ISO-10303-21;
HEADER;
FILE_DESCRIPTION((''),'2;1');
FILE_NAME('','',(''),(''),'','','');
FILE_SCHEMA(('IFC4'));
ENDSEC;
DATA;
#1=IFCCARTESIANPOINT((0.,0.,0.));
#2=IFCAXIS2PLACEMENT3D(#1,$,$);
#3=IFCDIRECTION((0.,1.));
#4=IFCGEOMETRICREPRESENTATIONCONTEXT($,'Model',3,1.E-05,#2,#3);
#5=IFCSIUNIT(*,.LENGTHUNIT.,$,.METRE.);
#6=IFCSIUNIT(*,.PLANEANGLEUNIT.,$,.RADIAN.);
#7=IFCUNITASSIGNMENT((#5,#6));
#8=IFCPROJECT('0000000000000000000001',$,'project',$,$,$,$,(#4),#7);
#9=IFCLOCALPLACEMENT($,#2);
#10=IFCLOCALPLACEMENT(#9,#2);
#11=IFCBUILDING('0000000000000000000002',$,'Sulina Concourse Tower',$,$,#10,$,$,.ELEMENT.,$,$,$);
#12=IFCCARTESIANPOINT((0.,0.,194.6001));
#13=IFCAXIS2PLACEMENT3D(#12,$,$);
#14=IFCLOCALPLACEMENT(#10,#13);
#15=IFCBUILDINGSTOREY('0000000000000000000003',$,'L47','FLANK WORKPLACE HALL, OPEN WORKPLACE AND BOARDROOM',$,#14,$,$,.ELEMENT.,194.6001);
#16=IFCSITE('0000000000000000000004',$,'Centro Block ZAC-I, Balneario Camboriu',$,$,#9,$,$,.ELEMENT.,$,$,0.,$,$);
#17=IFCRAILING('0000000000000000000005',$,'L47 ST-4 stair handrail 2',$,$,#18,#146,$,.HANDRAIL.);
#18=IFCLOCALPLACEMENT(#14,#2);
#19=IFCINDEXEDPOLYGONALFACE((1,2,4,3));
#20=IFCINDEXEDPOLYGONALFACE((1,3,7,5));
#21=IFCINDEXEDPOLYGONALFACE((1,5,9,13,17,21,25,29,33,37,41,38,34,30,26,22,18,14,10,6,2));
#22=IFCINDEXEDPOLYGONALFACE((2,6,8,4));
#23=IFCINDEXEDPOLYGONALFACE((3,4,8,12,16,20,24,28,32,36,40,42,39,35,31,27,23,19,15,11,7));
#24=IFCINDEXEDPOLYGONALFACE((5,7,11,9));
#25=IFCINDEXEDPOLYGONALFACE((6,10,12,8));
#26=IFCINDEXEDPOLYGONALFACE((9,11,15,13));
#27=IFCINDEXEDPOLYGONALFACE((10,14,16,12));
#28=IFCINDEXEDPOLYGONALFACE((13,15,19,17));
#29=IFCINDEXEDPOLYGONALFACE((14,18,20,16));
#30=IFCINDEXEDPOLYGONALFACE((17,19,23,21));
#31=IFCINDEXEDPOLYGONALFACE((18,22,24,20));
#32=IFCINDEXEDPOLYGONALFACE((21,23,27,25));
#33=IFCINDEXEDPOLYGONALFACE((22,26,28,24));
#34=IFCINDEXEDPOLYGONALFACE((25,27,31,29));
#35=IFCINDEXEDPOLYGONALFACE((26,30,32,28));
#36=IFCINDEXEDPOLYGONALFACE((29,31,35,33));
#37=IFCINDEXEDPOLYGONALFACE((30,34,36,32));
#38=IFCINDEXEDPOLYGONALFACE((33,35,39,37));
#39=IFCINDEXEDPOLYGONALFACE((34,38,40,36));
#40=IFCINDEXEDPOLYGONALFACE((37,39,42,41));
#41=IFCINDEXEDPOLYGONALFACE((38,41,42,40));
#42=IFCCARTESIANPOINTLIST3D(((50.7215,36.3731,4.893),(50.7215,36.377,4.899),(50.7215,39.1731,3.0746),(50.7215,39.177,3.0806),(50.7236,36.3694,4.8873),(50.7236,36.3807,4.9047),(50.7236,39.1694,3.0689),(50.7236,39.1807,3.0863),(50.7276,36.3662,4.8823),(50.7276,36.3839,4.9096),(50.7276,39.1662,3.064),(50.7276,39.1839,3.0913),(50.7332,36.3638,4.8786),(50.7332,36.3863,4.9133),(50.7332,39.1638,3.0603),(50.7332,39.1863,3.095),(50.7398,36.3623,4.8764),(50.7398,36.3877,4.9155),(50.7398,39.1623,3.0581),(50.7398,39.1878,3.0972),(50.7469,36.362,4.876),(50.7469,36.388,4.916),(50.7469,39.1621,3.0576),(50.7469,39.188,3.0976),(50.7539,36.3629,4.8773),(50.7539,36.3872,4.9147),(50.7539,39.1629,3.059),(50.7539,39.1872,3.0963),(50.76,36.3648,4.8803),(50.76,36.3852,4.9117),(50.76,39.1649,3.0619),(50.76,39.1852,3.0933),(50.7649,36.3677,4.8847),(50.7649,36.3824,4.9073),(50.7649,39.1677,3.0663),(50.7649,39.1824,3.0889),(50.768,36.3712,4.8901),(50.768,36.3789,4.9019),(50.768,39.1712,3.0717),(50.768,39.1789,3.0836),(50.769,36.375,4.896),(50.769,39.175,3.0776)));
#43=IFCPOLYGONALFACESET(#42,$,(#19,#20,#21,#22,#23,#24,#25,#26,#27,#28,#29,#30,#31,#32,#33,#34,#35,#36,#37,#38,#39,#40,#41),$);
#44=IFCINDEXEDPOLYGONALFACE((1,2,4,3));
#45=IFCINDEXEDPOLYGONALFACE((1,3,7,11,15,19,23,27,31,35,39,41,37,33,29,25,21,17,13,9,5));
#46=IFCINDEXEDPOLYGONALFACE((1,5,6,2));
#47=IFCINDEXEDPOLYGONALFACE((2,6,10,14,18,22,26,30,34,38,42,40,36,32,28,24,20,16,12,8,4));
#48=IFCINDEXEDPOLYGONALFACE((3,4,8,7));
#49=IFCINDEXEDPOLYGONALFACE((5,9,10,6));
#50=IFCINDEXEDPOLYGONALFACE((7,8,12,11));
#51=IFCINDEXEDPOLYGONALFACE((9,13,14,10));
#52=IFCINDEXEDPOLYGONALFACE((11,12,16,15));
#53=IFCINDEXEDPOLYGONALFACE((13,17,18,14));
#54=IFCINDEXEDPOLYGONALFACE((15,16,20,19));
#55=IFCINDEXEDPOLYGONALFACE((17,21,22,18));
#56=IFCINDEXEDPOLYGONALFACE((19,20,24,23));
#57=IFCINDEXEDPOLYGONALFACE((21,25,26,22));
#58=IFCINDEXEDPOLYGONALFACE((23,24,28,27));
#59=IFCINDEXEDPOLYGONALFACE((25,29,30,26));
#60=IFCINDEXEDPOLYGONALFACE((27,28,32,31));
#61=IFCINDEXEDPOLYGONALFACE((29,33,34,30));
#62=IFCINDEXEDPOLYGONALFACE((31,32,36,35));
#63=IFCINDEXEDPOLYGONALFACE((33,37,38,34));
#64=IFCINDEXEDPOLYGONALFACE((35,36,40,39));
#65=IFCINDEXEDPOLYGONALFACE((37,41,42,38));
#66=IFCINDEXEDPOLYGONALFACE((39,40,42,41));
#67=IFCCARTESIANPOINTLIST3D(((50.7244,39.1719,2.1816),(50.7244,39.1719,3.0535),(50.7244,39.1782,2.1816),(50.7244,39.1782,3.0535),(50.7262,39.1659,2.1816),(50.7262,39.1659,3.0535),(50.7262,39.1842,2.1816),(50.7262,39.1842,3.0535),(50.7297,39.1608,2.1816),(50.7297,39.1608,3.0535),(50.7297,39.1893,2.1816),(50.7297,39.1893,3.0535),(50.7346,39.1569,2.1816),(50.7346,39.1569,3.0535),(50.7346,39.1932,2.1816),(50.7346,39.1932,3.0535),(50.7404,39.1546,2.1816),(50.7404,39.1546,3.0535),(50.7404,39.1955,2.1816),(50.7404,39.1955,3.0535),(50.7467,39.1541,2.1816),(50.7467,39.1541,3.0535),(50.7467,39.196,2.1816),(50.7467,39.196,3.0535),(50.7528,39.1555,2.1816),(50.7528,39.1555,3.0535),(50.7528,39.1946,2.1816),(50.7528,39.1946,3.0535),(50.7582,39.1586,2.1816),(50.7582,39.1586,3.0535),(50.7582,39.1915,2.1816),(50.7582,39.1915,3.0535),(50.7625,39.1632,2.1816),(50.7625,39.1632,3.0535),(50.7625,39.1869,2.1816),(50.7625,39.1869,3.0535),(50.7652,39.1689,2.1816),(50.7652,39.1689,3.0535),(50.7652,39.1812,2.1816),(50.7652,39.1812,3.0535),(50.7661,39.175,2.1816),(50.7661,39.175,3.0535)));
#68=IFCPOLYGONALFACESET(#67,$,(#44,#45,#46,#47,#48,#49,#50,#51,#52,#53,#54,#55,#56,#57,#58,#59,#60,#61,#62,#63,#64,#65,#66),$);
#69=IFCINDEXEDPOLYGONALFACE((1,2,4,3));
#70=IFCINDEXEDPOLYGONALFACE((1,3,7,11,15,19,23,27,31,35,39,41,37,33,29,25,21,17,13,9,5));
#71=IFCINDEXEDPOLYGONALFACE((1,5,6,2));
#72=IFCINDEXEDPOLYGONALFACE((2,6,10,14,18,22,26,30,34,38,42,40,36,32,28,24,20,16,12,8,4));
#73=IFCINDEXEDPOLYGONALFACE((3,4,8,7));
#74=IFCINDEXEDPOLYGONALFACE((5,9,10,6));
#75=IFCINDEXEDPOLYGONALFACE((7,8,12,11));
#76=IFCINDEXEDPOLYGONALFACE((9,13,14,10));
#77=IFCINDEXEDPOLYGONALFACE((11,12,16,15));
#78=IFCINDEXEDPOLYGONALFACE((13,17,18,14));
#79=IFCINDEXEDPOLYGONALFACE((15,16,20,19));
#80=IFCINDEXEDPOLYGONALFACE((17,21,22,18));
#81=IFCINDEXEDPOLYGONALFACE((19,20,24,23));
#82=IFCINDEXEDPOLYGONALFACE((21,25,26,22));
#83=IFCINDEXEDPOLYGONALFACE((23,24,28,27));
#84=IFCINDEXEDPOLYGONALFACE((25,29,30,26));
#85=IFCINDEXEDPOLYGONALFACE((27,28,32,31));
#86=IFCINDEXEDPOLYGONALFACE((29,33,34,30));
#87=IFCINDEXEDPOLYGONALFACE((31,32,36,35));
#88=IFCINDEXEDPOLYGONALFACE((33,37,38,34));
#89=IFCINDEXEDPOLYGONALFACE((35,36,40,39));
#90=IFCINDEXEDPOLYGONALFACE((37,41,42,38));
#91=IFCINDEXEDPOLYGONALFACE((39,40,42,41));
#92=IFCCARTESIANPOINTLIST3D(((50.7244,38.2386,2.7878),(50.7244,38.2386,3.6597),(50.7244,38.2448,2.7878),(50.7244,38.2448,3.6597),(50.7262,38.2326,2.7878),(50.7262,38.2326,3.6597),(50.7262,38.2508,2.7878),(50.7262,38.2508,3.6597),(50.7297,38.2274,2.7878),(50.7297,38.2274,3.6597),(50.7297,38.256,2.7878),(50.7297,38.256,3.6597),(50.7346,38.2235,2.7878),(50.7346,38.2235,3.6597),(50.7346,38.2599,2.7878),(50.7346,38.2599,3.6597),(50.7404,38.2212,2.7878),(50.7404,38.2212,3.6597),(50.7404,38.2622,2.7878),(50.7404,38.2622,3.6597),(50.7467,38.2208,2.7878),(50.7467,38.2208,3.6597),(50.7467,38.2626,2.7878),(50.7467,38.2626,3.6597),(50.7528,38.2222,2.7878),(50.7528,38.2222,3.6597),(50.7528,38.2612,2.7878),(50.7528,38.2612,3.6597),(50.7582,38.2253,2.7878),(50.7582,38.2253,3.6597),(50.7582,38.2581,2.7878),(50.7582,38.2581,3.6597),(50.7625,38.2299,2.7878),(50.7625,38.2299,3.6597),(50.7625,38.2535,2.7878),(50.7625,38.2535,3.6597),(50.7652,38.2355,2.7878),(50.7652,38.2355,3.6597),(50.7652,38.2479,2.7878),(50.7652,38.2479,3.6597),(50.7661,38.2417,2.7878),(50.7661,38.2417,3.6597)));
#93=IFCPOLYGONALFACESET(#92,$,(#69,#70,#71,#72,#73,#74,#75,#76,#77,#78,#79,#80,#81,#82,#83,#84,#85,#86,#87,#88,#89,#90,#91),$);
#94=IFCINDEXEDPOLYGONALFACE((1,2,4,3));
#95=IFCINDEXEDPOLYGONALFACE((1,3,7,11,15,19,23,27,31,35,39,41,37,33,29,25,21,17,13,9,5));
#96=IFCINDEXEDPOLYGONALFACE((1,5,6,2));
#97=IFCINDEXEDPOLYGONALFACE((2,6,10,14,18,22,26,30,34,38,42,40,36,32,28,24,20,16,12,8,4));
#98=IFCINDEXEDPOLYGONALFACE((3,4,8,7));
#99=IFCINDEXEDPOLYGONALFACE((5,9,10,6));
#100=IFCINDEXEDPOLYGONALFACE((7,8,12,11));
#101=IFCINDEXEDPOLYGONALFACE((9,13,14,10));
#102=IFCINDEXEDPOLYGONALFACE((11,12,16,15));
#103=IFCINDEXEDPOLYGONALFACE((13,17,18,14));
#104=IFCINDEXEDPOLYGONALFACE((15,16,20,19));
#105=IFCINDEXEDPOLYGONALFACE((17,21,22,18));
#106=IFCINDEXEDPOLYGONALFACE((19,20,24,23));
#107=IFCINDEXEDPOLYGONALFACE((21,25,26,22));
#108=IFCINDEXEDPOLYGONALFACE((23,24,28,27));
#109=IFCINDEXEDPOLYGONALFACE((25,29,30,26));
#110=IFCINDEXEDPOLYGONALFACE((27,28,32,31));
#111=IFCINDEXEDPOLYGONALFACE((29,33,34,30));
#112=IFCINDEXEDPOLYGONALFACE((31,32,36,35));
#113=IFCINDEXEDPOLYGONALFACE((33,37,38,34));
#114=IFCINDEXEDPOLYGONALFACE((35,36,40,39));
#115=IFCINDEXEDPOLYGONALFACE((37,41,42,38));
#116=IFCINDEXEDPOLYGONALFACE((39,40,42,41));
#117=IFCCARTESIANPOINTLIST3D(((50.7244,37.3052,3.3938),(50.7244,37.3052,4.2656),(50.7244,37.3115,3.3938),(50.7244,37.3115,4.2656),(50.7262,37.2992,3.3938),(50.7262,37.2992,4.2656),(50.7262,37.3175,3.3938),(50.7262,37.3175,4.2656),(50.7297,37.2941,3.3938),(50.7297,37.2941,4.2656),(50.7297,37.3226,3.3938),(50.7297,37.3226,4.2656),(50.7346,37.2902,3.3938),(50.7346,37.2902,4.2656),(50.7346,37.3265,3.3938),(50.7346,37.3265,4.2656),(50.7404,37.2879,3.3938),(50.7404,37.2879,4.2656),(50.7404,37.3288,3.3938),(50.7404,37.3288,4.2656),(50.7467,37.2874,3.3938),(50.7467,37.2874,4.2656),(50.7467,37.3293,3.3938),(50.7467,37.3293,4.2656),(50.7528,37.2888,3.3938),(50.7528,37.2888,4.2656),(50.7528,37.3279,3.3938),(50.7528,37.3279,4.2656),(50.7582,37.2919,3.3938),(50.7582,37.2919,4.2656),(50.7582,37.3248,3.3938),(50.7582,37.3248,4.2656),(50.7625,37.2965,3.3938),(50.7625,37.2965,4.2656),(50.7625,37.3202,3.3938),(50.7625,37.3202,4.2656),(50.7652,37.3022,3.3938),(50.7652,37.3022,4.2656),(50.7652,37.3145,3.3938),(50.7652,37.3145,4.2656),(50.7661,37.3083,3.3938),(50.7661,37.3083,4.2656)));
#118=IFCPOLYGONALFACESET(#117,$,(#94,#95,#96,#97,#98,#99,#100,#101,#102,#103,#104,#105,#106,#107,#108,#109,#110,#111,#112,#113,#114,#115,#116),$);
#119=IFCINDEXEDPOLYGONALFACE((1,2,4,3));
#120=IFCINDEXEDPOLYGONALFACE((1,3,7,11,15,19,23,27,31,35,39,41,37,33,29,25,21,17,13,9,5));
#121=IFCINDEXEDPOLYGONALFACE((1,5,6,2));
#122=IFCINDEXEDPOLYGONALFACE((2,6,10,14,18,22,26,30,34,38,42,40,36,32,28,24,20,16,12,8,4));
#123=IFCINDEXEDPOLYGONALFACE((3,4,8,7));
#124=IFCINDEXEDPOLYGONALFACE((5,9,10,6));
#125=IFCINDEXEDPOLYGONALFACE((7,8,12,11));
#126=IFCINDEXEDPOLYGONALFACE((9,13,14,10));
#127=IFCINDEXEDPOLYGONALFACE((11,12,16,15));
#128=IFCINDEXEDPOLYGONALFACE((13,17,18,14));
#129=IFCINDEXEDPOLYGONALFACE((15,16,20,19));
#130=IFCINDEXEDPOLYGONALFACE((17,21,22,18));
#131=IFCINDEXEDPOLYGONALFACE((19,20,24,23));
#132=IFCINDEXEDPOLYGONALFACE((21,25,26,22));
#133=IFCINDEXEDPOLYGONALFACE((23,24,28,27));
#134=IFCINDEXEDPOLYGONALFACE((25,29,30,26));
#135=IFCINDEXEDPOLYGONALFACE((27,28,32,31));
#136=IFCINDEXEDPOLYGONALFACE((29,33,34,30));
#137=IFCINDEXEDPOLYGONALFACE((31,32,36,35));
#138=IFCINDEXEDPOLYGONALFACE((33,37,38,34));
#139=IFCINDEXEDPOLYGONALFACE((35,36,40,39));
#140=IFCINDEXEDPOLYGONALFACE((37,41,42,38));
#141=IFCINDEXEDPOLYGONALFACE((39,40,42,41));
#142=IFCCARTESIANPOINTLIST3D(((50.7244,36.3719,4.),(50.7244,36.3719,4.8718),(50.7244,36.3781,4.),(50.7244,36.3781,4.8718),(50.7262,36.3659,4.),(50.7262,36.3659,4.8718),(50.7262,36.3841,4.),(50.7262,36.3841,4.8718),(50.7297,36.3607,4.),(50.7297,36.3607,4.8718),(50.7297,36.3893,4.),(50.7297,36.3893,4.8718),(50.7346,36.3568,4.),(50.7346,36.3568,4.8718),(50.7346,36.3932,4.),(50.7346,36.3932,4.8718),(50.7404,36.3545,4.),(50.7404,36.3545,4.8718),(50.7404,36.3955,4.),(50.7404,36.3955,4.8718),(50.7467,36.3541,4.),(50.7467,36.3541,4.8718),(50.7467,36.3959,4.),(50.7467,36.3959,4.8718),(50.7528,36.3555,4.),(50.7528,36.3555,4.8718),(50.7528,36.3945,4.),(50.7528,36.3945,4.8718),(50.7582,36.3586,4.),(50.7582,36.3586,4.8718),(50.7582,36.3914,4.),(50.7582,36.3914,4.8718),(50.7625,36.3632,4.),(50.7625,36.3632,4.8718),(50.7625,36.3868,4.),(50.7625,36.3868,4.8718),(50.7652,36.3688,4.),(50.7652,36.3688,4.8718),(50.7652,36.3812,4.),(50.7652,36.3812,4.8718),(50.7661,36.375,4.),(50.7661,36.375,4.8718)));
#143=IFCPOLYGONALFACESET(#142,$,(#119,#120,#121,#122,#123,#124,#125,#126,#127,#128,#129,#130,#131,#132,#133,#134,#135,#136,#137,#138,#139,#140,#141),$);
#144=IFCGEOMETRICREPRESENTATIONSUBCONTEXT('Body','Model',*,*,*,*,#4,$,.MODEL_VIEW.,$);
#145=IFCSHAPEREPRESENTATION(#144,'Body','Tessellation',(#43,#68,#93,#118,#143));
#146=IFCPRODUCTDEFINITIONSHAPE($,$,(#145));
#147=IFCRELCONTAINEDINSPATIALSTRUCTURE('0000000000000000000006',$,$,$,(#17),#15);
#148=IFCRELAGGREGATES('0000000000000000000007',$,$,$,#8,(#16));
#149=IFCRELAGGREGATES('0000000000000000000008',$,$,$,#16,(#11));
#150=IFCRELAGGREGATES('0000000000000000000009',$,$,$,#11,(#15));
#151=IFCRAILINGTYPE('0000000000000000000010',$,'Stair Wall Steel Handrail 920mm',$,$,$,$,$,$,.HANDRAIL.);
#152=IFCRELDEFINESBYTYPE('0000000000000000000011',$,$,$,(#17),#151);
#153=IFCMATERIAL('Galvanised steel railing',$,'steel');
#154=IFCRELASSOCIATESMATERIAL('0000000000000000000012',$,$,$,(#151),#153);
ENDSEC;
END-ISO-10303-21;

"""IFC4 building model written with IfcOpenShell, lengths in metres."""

from ifc_helpers import new_model, si_unit, direction, frame, origin, origin_2d, place, context, subcontext, project, spatial, circle, extrude, material, type_object, element, save


model = new_model("IFC4")

# Units and contexts
model_context = context("Model", 3, precision=1e-05, world=origin(), true_north=direction((0.0, 1.0)))
body_context = subcontext(model_context, "Body", "Model", "MODEL_VIEW")
ifc_project = project(units=[si_unit("LENGTHUNIT", "METRE"), si_unit("PLANEANGLEUNIT", "RADIAN")], contexts=[model_context])

# Site, building, storey
site_placement = place(None, origin())
site = spatial("IfcSite", under=ifc_project, at=site_placement, Name="Centro Block ZAC-I, Balneario Camboriu", CompositionType="ELEMENT", RefElevation=0.0)
building_placement = place(site_placement, origin())
building = spatial("IfcBuilding", under=site, at=building_placement, Name="Sulina Concourse Tower", CompositionType="ELEMENT")
storey_placement = place(building_placement, frame((0.0, 0.0, 194.6001)))
storey = spatial("IfcBuildingStorey", under=building, at=storey_placement, Name="L47", Description="FLANK WORKPLACE HALL, OPEN WORKPLACE AND BOARDROOM", CompositionType="ELEMENT", Elevation=194.6001)

# Railing
ifc_material_1 = material(Name="Galvanised steel railing", Category="steel")
railing_type_1 = type_object("IfcRailingType", Name="Stair Wall Steel Handrail 920mm", PredefinedType="HANDRAIL", material=ifc_material_1)
railing_1_placement = place(storey_placement, frame((50.7451, 39.175, 2.1816)))
element("IfcRailing", 1, at=railing_1_placement, inside=storey, type_object=railing_type_1, Name="L47 ST-4 stair handrail 2", PredefinedType="HANDRAIL", context=body_context, shape_type="SweptSolid", body=[
    extrude(circle(Radius=0.0239, at=origin_2d()), frame((0.0, 0.0, 0.896), z_axis=(0.0, -0.838672, 0.544636), x_axis=(1.0, 0.0, 0.0)), (0.0, 0.0, 1.0), 3.3386),
    extrude(circle(Radius=0.021, at=origin_2d()), origin(), (0.0, 0.0, 1.0), 0.8718),
    extrude(circle(Radius=0.021, at=origin_2d()), frame((0.0, -0.9333, 0.6062)), (0.0, 0.0, 1.0), 0.8718),
    extrude(circle(Radius=0.021, at=origin_2d()), frame((0.0, -1.8667, 1.2122)), (0.0, 0.0, 1.0), 0.8718),
    extrude(circle(Radius=0.021, at=origin_2d()), frame((0.0, -2.8, 1.8184)), (0.0, 0.0, 1.0), 0.8718),
])

save(model, "model.ifc")
